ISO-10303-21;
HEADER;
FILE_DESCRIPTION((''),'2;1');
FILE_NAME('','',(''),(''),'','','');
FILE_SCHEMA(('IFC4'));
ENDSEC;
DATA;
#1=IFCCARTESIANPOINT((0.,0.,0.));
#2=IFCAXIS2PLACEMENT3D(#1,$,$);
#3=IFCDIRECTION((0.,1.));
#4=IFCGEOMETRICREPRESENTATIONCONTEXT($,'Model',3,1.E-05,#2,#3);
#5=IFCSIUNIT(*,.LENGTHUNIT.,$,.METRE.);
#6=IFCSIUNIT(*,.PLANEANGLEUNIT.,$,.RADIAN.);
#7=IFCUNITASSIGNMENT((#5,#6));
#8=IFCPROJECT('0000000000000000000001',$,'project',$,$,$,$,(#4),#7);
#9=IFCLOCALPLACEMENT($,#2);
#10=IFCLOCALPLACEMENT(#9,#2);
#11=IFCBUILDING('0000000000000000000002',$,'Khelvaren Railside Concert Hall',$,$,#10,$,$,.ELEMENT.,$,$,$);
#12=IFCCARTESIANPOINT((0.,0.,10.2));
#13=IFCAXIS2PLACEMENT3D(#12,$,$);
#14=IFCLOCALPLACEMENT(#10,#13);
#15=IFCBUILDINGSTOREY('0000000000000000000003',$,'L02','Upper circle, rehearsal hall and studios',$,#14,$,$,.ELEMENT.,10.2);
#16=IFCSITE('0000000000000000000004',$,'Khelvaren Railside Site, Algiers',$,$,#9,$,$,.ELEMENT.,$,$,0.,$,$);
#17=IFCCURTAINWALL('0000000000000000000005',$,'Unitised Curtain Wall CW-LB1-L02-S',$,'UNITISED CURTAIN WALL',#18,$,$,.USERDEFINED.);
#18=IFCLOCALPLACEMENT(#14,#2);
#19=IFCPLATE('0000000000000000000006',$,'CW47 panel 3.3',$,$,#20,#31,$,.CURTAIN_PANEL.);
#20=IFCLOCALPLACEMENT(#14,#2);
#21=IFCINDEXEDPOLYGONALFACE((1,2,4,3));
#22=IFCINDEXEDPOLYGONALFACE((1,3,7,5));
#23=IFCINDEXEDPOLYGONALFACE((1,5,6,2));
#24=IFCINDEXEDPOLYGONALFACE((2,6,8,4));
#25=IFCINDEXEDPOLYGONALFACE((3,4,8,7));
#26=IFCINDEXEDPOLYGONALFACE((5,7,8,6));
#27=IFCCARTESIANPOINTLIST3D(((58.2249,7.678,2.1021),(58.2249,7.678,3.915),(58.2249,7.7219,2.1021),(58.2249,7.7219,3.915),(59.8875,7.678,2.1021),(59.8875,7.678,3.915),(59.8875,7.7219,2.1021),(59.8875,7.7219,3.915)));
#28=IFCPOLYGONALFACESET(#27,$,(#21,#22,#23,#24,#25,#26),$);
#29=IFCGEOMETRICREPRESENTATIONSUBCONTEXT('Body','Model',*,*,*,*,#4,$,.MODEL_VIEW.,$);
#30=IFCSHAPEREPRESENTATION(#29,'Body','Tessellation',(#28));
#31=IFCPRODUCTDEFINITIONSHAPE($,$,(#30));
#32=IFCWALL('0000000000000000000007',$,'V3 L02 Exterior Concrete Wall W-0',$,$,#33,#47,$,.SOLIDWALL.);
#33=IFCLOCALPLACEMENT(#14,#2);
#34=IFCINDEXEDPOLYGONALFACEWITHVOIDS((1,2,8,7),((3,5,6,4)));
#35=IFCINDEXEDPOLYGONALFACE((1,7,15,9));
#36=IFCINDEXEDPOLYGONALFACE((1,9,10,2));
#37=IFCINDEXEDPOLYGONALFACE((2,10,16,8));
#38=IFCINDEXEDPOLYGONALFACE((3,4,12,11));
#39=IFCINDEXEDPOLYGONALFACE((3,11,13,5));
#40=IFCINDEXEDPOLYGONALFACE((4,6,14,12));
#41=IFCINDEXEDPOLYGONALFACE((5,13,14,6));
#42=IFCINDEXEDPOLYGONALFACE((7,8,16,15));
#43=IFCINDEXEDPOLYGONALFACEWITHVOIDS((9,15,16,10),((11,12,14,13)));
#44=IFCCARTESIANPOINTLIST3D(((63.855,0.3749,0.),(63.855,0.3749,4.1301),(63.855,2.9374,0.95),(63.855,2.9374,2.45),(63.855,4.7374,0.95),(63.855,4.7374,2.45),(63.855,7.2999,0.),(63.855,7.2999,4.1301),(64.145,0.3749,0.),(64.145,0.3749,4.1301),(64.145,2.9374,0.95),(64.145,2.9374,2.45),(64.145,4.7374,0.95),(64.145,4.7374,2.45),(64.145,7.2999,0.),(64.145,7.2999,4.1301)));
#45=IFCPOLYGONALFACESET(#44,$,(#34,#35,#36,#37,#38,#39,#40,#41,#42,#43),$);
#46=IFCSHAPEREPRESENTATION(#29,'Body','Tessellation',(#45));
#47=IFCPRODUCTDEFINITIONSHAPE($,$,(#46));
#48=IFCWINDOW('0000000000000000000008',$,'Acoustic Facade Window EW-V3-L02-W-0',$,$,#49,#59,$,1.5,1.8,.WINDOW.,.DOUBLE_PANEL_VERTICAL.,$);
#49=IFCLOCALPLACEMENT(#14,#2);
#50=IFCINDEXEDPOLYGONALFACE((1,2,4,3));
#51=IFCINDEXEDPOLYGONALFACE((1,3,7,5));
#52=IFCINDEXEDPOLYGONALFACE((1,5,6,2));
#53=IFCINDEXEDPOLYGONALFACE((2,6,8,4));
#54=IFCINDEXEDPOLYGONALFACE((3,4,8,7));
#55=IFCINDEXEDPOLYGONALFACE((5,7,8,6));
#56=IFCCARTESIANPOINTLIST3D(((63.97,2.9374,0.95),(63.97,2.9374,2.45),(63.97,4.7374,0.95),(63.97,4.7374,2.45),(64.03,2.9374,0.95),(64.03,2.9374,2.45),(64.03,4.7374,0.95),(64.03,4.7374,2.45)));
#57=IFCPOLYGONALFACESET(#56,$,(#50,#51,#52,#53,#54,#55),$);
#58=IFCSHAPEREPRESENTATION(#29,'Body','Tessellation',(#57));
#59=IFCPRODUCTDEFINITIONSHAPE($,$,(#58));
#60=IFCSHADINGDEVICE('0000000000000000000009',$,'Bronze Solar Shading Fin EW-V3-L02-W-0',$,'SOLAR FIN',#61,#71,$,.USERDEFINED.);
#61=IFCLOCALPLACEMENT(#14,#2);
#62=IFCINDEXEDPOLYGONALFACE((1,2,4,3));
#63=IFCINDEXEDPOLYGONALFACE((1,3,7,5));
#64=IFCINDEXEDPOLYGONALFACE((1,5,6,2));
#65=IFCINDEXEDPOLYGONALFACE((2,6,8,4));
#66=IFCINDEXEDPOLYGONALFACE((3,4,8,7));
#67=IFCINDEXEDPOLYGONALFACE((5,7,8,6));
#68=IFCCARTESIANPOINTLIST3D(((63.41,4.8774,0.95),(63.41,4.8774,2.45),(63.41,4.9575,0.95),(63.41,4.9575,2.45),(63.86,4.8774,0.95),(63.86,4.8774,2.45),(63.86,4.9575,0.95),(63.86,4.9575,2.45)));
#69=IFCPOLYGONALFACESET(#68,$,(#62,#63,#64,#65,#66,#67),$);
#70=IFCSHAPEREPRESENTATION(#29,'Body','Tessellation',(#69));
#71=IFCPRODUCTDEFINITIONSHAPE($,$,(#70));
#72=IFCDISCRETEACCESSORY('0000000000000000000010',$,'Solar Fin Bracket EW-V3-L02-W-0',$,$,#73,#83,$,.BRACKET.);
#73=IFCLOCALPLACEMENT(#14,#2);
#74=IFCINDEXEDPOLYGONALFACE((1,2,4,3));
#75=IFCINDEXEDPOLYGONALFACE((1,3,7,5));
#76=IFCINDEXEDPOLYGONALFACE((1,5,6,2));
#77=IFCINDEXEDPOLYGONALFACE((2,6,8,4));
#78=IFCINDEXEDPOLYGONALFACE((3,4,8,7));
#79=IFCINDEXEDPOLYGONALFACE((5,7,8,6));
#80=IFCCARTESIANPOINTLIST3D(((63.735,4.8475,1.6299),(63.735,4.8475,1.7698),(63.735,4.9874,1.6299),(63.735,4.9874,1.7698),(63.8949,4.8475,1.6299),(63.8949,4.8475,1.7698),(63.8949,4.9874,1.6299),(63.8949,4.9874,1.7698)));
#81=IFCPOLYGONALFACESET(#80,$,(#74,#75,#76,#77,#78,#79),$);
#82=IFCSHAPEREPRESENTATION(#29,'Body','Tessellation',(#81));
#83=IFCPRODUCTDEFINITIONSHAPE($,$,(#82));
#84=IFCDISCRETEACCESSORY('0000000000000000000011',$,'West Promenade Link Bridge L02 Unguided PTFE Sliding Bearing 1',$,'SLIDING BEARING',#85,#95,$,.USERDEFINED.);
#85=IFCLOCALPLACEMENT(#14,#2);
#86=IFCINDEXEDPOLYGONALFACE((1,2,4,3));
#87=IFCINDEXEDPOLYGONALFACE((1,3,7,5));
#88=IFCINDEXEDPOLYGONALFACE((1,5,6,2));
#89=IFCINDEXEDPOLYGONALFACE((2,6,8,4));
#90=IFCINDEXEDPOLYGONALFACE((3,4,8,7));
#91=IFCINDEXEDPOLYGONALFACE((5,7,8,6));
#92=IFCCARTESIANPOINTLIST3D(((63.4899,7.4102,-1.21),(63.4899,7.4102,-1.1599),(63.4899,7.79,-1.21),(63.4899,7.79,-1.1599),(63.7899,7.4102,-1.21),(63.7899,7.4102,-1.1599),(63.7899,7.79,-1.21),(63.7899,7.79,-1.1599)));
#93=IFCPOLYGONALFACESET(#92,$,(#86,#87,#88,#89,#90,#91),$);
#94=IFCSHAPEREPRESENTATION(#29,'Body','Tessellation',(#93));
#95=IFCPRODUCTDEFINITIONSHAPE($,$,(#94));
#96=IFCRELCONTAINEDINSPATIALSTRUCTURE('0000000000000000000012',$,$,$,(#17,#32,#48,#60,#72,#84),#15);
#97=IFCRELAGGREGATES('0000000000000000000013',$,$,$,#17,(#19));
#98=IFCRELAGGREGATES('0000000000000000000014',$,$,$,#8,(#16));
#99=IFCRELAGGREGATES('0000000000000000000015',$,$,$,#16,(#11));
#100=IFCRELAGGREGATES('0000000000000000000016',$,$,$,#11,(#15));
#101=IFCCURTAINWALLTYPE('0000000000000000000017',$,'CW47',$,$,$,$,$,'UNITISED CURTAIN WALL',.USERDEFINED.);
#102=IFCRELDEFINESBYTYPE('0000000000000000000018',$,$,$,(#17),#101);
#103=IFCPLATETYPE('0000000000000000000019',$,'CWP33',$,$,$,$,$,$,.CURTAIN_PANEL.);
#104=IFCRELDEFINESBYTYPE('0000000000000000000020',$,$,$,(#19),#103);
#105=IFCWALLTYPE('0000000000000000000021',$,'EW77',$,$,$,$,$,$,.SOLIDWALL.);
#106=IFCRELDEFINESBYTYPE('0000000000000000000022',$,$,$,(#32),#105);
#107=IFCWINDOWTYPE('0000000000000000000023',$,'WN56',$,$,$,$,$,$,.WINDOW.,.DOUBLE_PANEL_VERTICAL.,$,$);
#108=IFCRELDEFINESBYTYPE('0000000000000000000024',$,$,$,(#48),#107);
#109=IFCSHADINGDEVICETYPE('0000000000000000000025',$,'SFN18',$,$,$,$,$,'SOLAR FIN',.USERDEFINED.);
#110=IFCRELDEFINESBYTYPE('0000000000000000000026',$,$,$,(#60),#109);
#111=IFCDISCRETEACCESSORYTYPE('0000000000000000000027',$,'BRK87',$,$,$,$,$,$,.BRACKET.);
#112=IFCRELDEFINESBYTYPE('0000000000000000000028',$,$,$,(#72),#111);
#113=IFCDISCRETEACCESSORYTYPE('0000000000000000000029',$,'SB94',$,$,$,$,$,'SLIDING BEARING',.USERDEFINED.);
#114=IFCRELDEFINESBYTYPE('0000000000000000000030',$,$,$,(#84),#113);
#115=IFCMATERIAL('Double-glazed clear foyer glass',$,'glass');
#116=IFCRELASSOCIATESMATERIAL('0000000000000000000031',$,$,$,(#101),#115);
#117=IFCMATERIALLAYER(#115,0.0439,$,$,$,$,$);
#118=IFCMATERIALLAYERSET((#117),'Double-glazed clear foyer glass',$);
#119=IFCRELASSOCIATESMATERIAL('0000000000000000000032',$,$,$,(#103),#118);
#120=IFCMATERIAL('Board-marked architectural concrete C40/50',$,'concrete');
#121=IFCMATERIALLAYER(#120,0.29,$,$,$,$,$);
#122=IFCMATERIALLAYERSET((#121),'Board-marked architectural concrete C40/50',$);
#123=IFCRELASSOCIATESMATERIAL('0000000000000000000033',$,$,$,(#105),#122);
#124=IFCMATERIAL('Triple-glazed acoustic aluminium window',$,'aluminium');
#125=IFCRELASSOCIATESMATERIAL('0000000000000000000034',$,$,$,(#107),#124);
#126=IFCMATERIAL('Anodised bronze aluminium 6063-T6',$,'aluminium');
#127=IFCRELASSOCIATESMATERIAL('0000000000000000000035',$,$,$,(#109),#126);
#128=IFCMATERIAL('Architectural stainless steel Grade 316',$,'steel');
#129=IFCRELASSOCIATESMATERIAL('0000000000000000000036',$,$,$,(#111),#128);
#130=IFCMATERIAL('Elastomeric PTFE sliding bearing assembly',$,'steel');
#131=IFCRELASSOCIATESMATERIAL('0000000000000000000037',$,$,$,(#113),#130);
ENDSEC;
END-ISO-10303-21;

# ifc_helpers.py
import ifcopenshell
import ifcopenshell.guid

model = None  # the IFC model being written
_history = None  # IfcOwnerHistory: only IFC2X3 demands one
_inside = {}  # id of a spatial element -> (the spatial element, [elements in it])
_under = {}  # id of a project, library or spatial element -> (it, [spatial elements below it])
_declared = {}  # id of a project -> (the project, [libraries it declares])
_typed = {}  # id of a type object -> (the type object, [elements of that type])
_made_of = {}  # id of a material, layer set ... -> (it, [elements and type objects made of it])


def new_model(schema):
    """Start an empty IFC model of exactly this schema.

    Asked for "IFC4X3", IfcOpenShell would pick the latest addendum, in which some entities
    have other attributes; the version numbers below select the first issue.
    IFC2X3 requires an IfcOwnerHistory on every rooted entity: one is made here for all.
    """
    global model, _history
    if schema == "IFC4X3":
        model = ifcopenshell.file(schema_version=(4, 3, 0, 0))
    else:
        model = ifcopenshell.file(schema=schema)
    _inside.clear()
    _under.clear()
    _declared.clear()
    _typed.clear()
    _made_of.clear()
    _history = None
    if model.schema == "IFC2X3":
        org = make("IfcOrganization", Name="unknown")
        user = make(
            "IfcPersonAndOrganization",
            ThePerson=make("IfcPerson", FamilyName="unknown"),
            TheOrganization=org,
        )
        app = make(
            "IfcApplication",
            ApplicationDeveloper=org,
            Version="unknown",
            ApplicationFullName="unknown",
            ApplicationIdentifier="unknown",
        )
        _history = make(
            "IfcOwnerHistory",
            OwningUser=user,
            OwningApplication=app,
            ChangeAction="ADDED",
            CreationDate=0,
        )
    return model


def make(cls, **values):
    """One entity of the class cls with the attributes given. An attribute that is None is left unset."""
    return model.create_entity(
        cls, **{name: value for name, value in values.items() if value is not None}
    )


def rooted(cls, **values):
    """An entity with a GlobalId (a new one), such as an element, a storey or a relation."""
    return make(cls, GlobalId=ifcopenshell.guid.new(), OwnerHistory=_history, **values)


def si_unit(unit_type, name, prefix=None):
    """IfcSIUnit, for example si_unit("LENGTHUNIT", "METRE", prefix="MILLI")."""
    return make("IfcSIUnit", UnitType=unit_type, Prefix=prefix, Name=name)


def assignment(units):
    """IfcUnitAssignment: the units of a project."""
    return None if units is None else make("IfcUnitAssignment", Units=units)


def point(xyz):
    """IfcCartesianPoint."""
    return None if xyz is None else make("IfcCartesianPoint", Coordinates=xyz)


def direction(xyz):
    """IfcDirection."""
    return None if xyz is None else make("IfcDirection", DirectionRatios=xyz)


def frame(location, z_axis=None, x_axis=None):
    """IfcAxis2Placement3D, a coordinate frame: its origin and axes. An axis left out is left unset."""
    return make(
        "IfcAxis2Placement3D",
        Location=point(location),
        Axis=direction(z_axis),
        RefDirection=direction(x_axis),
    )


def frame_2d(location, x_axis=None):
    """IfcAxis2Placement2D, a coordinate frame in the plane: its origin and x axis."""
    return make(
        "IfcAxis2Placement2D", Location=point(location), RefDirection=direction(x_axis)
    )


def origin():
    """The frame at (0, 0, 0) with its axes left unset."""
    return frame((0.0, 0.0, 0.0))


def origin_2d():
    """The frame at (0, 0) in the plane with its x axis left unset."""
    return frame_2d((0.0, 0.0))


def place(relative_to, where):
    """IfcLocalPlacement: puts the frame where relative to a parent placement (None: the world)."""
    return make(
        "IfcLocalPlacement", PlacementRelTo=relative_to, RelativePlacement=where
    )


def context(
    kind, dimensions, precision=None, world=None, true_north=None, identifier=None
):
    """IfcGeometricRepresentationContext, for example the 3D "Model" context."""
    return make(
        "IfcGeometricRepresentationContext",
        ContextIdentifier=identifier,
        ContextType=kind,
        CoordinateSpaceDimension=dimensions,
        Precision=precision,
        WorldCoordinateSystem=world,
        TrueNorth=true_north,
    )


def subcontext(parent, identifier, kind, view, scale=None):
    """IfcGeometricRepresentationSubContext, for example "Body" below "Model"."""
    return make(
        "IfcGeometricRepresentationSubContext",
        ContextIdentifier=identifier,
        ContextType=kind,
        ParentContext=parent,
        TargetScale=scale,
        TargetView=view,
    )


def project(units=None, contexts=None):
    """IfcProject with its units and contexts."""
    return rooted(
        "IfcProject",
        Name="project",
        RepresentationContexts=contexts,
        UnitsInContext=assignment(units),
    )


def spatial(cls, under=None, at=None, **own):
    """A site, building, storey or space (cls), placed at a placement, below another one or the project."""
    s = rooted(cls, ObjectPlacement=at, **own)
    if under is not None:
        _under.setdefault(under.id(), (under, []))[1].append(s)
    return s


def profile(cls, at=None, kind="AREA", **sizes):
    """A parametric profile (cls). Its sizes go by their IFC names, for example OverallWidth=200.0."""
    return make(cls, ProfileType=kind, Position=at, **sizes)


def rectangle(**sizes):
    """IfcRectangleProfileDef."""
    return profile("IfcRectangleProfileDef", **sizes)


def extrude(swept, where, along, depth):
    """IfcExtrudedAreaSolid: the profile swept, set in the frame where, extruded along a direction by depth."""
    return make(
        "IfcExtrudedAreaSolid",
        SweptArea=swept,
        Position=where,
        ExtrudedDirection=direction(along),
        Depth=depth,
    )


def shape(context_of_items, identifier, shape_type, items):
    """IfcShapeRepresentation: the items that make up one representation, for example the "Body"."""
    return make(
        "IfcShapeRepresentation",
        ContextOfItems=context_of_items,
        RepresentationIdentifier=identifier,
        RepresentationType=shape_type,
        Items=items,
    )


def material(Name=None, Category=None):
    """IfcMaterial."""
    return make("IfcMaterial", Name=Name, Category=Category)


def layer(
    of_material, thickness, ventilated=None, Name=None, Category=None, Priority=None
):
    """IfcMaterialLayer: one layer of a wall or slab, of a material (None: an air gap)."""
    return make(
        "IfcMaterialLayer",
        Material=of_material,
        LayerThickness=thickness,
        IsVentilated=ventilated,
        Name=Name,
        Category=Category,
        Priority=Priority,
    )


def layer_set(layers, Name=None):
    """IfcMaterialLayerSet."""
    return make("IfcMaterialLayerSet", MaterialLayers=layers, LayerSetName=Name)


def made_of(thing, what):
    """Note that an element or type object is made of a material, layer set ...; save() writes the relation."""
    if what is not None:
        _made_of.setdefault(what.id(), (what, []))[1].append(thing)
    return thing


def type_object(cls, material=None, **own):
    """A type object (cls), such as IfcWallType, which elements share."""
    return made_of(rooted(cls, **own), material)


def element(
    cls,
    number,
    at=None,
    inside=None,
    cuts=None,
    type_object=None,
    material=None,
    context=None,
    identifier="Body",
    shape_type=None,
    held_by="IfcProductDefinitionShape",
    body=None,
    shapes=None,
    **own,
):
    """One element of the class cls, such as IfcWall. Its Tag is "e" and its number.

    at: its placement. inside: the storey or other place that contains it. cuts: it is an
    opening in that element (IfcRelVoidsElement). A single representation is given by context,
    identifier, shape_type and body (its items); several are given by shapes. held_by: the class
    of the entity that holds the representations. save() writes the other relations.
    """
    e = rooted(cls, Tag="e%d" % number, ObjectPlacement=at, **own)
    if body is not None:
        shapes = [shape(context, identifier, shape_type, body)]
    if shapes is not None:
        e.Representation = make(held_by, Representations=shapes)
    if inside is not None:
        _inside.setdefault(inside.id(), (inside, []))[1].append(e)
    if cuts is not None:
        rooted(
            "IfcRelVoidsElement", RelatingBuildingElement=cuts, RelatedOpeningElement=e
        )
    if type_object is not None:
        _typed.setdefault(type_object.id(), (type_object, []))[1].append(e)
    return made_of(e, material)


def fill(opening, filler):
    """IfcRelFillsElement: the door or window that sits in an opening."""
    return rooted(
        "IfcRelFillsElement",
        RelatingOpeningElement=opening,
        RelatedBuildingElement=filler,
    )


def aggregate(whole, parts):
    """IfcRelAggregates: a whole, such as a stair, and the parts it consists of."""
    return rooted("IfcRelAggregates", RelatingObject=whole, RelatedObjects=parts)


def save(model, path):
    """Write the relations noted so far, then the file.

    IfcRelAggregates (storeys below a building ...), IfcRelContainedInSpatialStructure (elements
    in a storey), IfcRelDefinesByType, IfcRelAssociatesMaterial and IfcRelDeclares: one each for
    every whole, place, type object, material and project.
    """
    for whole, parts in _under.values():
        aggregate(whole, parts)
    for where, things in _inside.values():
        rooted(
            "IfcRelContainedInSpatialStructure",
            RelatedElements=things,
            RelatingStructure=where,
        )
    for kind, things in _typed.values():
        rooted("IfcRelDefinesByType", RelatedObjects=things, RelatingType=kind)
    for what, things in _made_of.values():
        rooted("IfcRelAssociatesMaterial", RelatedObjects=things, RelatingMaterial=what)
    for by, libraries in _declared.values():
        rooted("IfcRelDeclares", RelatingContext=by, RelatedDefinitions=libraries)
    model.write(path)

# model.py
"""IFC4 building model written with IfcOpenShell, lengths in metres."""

from ifc_helpers import new_model, si_unit, direction, frame, frame_2d, origin, origin_2d, place, context, subcontext, project, spatial, rectangle, extrude, material, layer, layer_set, type_object, element, fill, aggregate, save


model = new_model("IFC4")

# Units and contexts
model_context = context("Model", 3, precision=1e-05, world=origin(), true_north=direction((0.0, 1.0)))
body_context = subcontext(model_context, "Body", "Model", "MODEL_VIEW")
ifc_project = project(units=[si_unit("LENGTHUNIT", "METRE"), si_unit("PLANEANGLEUNIT", "RADIAN")], contexts=[model_context])

# Site, building, storey
site_placement = place(None, origin())
site = spatial("IfcSite", under=ifc_project, at=site_placement, Name="Khelvaren Railside Site, Algiers", CompositionType="ELEMENT", RefElevation=0.0)
building_placement = place(site_placement, origin())
building = spatial("IfcBuilding", under=site, at=building_placement, Name="Khelvaren Railside Concert Hall", CompositionType="ELEMENT")
storey_placement = place(building_placement, frame((0.0, 0.0, 10.2)))
storey = spatial("IfcBuildingStorey", under=building, at=storey_placement, Name="L02", Description="Upper circle, rehearsal hall and studios", CompositionType="ELEMENT", Elevation=10.2)

# Curtain wall
ifc_material_1 = material(Name="Double-glazed clear foyer glass", Category="glass")
curtain_wall_type = type_object("IfcCurtainWallType", Name="CW47", ElementType="UNITISED CURTAIN WALL", PredefinedType="USERDEFINED", material=ifc_material_1)
curtain_wall_placement = place(storey_placement, origin())
curtain_wall = element("IfcCurtainWall", 1, at=curtain_wall_placement, inside=storey, type_object=curtain_wall_type, Name="Unitised Curtain Wall CW-LB1-L02-S", ObjectType="UNITISED CURTAIN WALL", PredefinedType="USERDEFINED")

# Plate
ifc_layer_1 = layer(ifc_material_1, 0.0439)
ifc_layer_set_1 = layer_set([ifc_layer_1], Name="Double-glazed clear foyer glass")
plate_type = type_object("IfcPlateType", Name="CWP33", PredefinedType="CURTAIN_PANEL", material=ifc_layer_set_1)
plate_1_placement = place(storey_placement, frame((59.0562, 7.7, 2.1021), z_axis=(0.0, 0.0, 1.0), x_axis=(-1.0, 0.0, 0.0)))
plate_1 = element("IfcPlate", 2, at=plate_1_placement, type_object=plate_type, Name="CW47 panel 3.3", PredefinedType="CURTAIN_PANEL", context=body_context, shape_type="SweptSolid", body=[
    extrude(rectangle(XDim=1.6626, YDim=0.0439, at=origin_2d()), origin(), (0.0, 0.0, 1.0), 1.813),
])
aggregate(curtain_wall, [plate_1])

# Wall, opening, window
ifc_material_2 = material(Name="Board-marked architectural concrete C40/50", Category="concrete")
ifc_layer_2 = layer(ifc_material_2, 0.29)
ifc_layer_set_2 = layer_set([ifc_layer_2], Name="Board-marked architectural concrete C40/50")
wall_type = type_object("IfcWallType", Name="EW77", PredefinedType="SOLIDWALL", material=ifc_layer_set_2)
wall_placement = place(storey_placement, frame((64.0, 0.375, 0.0), z_axis=(0.0, 0.0, 1.0), x_axis=(0.0, 1.0, 0.0)))
wall = element("IfcWall", 3, at=wall_placement, inside=storey, type_object=wall_type, Name="V3 L02 Exterior Concrete Wall W-0", PredefinedType="SOLIDWALL", context=body_context, shape_type="SweptSolid", body=[
    extrude(rectangle(XDim=6.925, YDim=0.29, at=frame_2d((3.4624, 0.0))), origin(), (0.0, 0.0, 1.0), 4.1301),
])
opening_placement = place(wall_placement, frame((2.5625, 0.0, 0.95)))
opening = element("IfcOpeningElement", 4, at=opening_placement, cuts=wall, PredefinedType="OPENING", context=body_context, shape_type="SweptSolid", body=[
    extrude(rectangle(XDim=1.8, YDim=1.5, at=frame_2d((0.8999, 0.75))), frame((0.0, 0.155, 0.0), z_axis=(0.0, -1.0, 0.0), x_axis=(1.0, 0.0, 0.0)), (0.0, 0.0, 1.0), 0.3101),
])
ifc_material_3 = material(Name="Triple-glazed acoustic aluminium window", Category="aluminium")
window_type = type_object("IfcWindowType", Name="WN56", PartitioningType="DOUBLE_PANEL_VERTICAL", PredefinedType="WINDOW", material=ifc_material_3)
window_placement = place(opening_placement, origin())
window = element("IfcWindow", 5, at=window_placement, inside=storey, type_object=window_type, Name="Acoustic Facade Window EW-V3-L02-W-0", OverallHeight=1.5, OverallWidth=1.8, PartitioningType="DOUBLE_PANEL_VERTICAL", PredefinedType="WINDOW", context=body_context, shape_type="SweptSolid", body=[
    extrude(rectangle(XDim=1.8, YDim=1.5, at=frame_2d((0.8999, 0.75))), frame((0.0, 0.03, 0.0), z_axis=(0.0, -1.0, 0.0), x_axis=(1.0, 0.0, 0.0)), (0.0, 0.0, 1.0), 0.0601),
])
fill(opening, window)

# Shading device
ifc_material_4 = material(Name="Anodised bronze aluminium 6063-T6", Category="aluminium")
shading_device_type = type_object("IfcShadingDeviceType", Name="SFN18", ElementType="SOLAR FIN", PredefinedType="USERDEFINED", material=ifc_material_4)
shading_device_placement = place(storey_placement, frame((63.635, 4.9175, 0.95), z_axis=(0.0, 0.0, 1.0), x_axis=(0.0, 1.0, 0.0)))
element("IfcShadingDevice", 6, at=shading_device_placement, inside=storey, type_object=shading_device_type, Name="Bronze Solar Shading Fin EW-V3-L02-W-0", ObjectType="SOLAR FIN", PredefinedType="USERDEFINED", context=body_context, shape_type="SweptSolid", body=[
    extrude(rectangle(XDim=0.0801, YDim=0.45, at=origin_2d()), origin(), (0.0, 0.0, 1.0), 1.5),
])

# Discrete accessories
ifc_material_5 = material(Name="Architectural stainless steel Grade 316", Category="steel")
discrete_accessory_type_1 = type_object("IfcDiscreteAccessoryType", Name="BRK87", PredefinedType="BRACKET", material=ifc_material_5)
discrete_accessory_1_placement = place(storey_placement, frame((63.8149, 4.9175, 1.6299), z_axis=(0.0, 0.0, 1.0), x_axis=(0.0, 1.0, 0.0)))
element("IfcDiscreteAccessory", 7, at=discrete_accessory_1_placement, inside=storey, type_object=discrete_accessory_type_1, Name="Solar Fin Bracket EW-V3-L02-W-0", PredefinedType="BRACKET", context=body_context, shape_type="SweptSolid", body=[
    extrude(rectangle(XDim=0.1399, YDim=0.1599, at=origin_2d()), origin(), (0.0, 0.0, 1.0), 0.1399),
])
ifc_material_6 = material(Name="Elastomeric PTFE sliding bearing assembly", Category="steel")
discrete_accessory_type_2 = type_object("IfcDiscreteAccessoryType", Name="SB94", ElementType="SLIDING BEARING", PredefinedType="USERDEFINED", material=ifc_material_6)
discrete_accessory_2_placement = place(storey_placement, frame((63.6399, 7.6001, -1.21), z_axis=(0.0, 0.0, 1.0), x_axis=(1.0, 0.0, 0.0)))
element("IfcDiscreteAccessory", 8, at=discrete_accessory_2_placement, inside=storey, type_object=discrete_accessory_type_2, Name="West Promenade Link Bridge L02 Unguided PTFE Sliding Bearing 1", ObjectType="SLIDING BEARING", PredefinedType="USERDEFINED", context=body_context, shape_type="SweptSolid", body=[
    extrude(rectangle(XDim=0.3, YDim=0.3799, at=origin_2d()), origin(), (0.0, 0.0, 1.0), 0.05),
])

save(model, "model.ifc")
